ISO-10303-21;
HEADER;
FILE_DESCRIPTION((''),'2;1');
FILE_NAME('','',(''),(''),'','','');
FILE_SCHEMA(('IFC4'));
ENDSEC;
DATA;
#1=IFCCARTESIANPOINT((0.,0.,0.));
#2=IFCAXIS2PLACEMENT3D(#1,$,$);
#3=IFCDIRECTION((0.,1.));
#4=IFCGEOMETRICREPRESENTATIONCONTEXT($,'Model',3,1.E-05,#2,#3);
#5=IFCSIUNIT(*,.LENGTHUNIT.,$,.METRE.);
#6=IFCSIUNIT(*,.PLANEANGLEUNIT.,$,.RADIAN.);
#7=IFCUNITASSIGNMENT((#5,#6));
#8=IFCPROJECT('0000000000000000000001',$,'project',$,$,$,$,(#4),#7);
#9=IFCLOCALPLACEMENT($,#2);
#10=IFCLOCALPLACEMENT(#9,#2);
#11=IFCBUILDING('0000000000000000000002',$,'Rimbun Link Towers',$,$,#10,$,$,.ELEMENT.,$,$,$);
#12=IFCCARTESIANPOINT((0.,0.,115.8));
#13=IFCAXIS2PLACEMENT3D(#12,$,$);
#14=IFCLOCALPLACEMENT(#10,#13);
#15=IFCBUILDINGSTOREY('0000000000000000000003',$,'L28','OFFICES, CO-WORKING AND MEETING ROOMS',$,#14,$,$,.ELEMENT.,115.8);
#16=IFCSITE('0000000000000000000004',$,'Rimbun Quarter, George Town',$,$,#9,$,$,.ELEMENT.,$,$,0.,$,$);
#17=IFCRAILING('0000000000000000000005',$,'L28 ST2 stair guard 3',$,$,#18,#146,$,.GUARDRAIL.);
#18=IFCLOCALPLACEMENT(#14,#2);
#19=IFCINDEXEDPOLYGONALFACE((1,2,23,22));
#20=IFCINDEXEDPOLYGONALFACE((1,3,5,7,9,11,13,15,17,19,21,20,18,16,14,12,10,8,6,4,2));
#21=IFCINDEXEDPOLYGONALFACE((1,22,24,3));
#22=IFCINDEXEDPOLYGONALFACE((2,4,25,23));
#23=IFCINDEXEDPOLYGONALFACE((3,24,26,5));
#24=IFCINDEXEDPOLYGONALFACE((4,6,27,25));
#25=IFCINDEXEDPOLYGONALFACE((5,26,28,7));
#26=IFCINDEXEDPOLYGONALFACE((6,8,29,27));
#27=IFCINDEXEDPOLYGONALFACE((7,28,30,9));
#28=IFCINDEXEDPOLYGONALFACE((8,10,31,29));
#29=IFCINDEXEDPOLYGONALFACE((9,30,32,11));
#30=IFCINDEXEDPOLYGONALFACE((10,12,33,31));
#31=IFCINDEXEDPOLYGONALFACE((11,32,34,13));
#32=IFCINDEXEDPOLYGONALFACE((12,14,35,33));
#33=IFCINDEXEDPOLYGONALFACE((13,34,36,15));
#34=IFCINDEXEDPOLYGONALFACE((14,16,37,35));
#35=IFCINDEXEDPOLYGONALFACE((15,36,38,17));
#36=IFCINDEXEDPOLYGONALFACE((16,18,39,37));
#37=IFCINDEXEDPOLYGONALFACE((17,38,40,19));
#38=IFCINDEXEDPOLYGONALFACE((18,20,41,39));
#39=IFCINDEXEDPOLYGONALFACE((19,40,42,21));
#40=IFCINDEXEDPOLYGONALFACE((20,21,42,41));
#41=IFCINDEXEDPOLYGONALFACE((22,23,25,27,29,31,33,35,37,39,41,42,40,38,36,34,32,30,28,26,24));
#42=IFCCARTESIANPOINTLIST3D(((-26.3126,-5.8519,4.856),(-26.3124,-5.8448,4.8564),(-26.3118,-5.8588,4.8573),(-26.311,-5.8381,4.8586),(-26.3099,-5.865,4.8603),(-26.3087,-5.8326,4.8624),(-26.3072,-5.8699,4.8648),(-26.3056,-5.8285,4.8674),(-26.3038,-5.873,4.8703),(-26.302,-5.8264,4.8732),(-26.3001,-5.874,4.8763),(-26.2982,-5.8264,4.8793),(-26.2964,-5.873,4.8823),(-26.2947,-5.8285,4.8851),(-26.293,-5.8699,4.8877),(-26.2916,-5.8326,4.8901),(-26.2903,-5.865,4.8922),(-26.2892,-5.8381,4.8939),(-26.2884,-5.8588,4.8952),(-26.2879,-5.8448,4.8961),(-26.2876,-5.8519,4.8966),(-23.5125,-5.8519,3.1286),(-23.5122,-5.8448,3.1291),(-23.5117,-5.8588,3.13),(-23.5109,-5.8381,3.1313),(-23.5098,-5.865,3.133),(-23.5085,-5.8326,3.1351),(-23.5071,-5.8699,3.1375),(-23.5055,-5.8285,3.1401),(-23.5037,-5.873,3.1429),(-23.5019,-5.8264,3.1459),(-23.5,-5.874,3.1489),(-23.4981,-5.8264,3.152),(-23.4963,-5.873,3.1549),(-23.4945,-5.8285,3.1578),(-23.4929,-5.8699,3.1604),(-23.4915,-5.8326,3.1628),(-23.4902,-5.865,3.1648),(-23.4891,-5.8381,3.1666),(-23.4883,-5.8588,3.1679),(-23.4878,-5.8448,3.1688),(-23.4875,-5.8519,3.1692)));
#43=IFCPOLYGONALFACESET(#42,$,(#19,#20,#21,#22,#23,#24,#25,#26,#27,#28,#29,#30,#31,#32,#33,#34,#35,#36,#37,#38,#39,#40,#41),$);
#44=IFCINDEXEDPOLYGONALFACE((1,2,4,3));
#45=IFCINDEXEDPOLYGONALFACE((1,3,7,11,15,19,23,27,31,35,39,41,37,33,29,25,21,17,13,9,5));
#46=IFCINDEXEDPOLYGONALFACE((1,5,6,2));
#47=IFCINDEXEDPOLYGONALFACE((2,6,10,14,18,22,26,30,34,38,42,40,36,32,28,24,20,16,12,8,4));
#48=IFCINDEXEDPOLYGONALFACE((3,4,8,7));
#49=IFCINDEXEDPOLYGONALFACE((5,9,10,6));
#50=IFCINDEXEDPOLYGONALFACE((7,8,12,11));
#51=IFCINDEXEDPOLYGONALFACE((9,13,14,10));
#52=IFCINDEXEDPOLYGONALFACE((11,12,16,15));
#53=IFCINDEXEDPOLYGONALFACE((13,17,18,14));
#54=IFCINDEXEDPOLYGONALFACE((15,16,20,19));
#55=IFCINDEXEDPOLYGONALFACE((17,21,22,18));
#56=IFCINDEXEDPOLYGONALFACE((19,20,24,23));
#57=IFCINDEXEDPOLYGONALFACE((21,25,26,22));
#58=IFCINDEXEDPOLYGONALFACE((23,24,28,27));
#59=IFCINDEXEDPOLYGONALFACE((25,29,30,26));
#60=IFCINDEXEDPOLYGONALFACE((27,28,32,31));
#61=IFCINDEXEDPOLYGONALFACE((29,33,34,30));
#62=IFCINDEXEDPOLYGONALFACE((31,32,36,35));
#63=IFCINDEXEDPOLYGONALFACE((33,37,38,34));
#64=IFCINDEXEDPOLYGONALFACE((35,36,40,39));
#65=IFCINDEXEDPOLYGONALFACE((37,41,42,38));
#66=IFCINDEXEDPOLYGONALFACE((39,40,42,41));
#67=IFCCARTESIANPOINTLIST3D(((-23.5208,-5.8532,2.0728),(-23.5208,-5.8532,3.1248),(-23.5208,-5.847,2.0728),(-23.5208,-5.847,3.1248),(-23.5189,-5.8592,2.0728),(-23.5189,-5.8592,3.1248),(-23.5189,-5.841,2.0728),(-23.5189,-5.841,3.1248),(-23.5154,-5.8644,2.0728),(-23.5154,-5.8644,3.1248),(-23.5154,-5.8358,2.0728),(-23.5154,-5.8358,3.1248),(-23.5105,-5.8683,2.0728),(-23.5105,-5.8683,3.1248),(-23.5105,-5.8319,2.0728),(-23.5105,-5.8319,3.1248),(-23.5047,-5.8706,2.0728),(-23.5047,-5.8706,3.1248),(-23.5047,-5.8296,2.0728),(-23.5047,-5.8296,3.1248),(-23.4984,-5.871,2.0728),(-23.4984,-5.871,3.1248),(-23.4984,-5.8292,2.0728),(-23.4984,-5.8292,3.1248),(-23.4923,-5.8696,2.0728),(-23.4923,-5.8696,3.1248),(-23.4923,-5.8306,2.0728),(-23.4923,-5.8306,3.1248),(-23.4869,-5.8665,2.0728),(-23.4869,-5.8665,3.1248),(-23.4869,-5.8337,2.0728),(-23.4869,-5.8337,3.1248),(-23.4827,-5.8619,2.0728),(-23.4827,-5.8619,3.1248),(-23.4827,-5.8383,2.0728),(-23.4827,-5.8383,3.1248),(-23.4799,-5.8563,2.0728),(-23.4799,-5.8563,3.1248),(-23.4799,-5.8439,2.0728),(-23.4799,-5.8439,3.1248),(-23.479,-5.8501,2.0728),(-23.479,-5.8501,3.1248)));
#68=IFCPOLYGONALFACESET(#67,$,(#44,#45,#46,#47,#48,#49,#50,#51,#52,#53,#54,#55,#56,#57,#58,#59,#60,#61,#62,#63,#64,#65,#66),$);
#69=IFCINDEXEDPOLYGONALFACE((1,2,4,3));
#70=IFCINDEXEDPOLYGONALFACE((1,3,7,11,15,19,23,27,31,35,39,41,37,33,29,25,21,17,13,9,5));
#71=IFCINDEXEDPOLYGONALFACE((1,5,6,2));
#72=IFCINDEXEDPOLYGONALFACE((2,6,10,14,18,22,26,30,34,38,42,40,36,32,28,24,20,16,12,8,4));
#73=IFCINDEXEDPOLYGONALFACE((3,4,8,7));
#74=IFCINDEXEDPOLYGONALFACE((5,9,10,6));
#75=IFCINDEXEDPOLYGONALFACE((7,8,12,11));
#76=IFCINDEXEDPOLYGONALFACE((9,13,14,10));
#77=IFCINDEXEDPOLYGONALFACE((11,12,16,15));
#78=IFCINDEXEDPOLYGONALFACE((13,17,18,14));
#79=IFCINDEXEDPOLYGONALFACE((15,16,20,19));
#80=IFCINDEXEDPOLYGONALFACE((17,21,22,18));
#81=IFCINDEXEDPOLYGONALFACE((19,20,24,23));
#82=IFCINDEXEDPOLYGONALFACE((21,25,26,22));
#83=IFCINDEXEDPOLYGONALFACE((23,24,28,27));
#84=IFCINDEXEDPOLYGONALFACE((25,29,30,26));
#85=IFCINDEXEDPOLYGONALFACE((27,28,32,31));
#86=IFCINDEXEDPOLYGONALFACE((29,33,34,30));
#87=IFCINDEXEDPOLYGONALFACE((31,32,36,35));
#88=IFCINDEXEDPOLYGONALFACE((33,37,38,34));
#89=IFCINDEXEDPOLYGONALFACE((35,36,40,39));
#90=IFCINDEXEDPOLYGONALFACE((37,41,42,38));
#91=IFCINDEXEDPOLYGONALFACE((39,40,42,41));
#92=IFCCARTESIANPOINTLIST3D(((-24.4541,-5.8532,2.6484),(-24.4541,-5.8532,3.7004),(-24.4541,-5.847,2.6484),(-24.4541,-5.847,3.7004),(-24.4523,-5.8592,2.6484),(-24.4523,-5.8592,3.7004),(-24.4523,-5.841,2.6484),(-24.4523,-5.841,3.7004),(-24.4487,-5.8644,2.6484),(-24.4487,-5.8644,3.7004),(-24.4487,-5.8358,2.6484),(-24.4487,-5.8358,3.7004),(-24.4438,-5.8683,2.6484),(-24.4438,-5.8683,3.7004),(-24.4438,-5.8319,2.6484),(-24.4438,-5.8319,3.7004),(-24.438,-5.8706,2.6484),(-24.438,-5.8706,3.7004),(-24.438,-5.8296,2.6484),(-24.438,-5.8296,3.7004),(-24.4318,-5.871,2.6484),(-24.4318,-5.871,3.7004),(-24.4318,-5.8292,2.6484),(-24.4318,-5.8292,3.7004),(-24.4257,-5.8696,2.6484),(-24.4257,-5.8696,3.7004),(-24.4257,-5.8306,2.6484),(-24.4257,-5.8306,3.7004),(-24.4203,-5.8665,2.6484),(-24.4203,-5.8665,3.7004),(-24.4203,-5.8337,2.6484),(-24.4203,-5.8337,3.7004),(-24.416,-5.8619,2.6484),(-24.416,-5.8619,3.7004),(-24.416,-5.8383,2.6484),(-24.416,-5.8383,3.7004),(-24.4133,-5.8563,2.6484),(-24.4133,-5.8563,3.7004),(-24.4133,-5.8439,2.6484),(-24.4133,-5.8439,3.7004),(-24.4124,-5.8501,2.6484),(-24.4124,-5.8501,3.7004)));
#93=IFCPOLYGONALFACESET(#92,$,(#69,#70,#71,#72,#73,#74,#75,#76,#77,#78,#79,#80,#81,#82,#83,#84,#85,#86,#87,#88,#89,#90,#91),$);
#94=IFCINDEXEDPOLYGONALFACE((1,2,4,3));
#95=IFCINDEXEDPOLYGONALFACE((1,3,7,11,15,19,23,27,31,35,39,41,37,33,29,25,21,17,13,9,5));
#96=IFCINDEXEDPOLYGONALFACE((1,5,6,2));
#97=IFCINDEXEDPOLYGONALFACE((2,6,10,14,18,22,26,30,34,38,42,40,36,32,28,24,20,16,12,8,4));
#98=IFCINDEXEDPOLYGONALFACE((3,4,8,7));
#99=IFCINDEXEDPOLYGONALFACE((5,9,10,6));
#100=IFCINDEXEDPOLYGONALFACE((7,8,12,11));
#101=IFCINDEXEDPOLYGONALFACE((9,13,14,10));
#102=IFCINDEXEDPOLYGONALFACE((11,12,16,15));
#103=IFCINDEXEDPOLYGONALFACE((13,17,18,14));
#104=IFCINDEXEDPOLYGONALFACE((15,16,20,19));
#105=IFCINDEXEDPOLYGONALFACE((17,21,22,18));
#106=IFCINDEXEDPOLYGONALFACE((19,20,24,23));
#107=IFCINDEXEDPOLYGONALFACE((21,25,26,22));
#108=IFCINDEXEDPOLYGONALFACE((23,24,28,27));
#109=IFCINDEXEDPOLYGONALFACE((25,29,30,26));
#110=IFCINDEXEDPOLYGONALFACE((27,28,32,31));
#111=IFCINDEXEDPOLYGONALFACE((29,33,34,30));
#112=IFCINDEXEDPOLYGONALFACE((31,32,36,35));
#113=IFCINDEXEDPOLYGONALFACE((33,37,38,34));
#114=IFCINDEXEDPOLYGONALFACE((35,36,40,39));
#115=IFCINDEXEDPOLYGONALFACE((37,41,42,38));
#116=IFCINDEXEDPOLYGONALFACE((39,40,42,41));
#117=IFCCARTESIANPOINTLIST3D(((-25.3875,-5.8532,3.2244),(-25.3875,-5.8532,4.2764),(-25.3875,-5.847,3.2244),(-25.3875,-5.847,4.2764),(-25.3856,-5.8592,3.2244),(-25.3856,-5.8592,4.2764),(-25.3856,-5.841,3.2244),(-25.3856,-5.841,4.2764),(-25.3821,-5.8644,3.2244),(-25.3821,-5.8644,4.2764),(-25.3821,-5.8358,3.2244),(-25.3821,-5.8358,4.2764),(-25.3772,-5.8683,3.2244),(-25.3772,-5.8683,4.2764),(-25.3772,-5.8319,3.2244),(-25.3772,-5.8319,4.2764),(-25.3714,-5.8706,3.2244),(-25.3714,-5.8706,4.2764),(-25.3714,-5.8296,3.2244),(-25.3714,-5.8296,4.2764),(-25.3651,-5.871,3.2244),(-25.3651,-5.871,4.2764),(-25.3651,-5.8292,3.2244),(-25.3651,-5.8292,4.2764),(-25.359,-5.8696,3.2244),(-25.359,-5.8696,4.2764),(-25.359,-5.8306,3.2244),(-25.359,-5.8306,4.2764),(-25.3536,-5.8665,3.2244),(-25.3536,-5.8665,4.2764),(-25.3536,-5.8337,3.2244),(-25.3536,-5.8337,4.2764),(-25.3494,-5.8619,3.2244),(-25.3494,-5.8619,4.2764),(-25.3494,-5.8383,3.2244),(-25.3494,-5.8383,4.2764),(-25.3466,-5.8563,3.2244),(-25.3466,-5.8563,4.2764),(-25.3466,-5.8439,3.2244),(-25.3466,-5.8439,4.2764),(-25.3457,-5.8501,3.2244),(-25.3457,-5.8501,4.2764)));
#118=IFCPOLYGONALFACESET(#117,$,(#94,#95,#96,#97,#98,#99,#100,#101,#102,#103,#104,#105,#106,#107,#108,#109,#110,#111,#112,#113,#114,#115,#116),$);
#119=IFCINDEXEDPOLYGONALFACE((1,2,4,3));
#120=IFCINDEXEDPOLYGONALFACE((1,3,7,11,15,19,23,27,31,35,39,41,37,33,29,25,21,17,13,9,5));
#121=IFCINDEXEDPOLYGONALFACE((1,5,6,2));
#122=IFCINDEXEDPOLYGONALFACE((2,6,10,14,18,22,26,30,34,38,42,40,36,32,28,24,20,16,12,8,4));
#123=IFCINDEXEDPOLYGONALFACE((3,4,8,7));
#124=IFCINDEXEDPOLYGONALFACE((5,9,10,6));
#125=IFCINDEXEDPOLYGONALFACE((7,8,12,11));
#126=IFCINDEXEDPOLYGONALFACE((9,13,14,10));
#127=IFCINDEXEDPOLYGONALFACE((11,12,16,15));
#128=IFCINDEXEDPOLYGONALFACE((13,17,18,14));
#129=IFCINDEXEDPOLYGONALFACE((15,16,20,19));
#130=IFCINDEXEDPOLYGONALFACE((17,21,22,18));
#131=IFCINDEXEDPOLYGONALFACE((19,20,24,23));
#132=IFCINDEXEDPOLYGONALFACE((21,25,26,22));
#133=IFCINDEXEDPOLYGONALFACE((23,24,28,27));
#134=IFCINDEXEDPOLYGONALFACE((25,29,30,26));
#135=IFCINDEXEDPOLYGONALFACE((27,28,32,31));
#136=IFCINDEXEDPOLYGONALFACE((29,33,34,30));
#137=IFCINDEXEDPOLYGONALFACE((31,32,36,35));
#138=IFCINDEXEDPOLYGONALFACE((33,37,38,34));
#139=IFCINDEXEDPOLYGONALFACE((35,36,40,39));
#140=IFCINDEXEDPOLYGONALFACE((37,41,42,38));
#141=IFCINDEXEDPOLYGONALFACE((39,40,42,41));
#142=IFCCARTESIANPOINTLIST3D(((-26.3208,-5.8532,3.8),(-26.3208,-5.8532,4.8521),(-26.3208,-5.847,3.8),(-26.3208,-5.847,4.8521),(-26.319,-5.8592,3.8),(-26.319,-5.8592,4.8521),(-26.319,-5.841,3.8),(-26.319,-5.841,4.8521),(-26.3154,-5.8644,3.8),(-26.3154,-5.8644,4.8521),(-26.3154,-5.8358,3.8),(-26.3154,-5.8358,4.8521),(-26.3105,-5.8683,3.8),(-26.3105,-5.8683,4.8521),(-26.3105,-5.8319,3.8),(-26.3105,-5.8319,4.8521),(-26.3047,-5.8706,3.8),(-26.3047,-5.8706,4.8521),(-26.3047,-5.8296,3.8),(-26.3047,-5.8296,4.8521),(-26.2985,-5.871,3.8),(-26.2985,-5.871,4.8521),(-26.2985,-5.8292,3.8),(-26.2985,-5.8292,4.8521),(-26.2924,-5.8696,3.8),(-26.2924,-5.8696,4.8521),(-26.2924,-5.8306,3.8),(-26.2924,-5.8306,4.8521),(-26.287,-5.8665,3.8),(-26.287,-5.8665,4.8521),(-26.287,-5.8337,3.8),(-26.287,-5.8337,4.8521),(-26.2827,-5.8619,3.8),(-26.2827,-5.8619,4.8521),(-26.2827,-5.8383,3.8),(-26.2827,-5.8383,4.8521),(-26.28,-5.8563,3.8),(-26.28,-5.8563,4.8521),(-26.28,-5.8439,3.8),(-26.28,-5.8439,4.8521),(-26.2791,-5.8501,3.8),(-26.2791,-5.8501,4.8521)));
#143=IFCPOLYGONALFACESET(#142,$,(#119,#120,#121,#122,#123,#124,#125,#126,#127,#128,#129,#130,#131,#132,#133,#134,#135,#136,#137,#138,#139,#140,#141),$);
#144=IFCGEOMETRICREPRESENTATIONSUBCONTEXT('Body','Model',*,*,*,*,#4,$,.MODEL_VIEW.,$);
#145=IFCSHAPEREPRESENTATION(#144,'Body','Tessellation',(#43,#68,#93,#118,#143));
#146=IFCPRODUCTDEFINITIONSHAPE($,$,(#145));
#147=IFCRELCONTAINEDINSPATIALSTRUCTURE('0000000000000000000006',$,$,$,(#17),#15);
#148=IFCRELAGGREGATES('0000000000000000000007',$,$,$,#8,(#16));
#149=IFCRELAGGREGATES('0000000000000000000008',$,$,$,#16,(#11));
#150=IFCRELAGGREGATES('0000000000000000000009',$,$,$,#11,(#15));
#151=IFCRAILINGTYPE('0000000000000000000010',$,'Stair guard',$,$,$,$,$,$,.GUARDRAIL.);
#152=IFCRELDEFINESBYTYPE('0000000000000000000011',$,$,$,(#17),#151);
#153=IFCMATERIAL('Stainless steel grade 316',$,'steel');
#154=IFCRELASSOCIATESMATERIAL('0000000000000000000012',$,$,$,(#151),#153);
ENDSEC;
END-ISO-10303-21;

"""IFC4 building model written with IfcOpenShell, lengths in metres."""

from ifc_helpers import new_model, si_unit, direction, frame, origin, origin_2d, place, context, subcontext, project, spatial, circle, extrude, material, type_object, element, save


model = new_model("IFC4")

# Units and contexts
model_context = context("Model", 3, precision=1e-05, world=origin(), true_north=direction((0.0, 1.0)))
body_context = subcontext(model_context, "Body", "Model", "MODEL_VIEW")
ifc_project = project(units=[si_unit("LENGTHUNIT", "METRE"), si_unit("PLANEANGLEUNIT", "RADIAN")], contexts=[model_context])

# Site, building, storey
site_placement = place(None, origin())
site = spatial("IfcSite", under=ifc_project, at=site_placement, Name="Rimbun Quarter, George Town", CompositionType="ELEMENT", RefElevation=0.0)
building_placement = place(site_placement, origin())
building = spatial("IfcBuilding", under=site, at=building_placement, Name="Rimbun Link Towers", CompositionType="ELEMENT")
storey_placement = place(building_placement, frame((0.0, 0.0, 115.8)))
storey = spatial("IfcBuildingStorey", under=building, at=storey_placement, Name="L28", Description="OFFICES, CO-WORKING AND MEETING ROOMS", CompositionType="ELEMENT", Elevation=115.8)

# Railing
ifc_material_1 = material(Name="Stainless steel grade 316", Category="steel")
railing_type_1 = type_object("IfcRailingType", Name="Stair guard", PredefinedType="GUARDRAIL", material=ifc_material_1)
railing_1_placement = place(storey_placement, frame((-23.5, -5.8501, 2.0728)))
element("IfcRailing", 1, at=railing_1_placement, inside=storey, type_object=railing_type_1, Name="L28 ST2 stair guard 3", PredefinedType="GUARDRAIL", context=body_context, shape_type="SweptSolid", body=[
    extrude(circle(Radius=0.0239, at=origin_2d()), frame((0.0, 0.0, 1.0762), z_axis=(-0.85109, 0.0, 0.52502), x_axis=(0.0, -1.0, 0.0)), (0.0, 0.0, 1.0), 3.29),
    extrude(circle(Radius=0.021, at=origin_2d()), origin(), (0.0, 0.0, 1.0), 1.052),
    extrude(circle(Radius=0.021, at=origin_2d()), frame((-0.9333, 0.0, 0.5757)), (0.0, 0.0, 1.0), 1.052),
    extrude(circle(Radius=0.021, at=origin_2d()), frame((-1.8667, 0.0, 1.1516)), (0.0, 0.0, 1.0), 1.052),
    extrude(circle(Radius=0.021, at=origin_2d()), frame((-2.8, 0.0, 1.7273)), (0.0, 0.0, 1.0), 1.052),
])

save(model, "model.ifc")
